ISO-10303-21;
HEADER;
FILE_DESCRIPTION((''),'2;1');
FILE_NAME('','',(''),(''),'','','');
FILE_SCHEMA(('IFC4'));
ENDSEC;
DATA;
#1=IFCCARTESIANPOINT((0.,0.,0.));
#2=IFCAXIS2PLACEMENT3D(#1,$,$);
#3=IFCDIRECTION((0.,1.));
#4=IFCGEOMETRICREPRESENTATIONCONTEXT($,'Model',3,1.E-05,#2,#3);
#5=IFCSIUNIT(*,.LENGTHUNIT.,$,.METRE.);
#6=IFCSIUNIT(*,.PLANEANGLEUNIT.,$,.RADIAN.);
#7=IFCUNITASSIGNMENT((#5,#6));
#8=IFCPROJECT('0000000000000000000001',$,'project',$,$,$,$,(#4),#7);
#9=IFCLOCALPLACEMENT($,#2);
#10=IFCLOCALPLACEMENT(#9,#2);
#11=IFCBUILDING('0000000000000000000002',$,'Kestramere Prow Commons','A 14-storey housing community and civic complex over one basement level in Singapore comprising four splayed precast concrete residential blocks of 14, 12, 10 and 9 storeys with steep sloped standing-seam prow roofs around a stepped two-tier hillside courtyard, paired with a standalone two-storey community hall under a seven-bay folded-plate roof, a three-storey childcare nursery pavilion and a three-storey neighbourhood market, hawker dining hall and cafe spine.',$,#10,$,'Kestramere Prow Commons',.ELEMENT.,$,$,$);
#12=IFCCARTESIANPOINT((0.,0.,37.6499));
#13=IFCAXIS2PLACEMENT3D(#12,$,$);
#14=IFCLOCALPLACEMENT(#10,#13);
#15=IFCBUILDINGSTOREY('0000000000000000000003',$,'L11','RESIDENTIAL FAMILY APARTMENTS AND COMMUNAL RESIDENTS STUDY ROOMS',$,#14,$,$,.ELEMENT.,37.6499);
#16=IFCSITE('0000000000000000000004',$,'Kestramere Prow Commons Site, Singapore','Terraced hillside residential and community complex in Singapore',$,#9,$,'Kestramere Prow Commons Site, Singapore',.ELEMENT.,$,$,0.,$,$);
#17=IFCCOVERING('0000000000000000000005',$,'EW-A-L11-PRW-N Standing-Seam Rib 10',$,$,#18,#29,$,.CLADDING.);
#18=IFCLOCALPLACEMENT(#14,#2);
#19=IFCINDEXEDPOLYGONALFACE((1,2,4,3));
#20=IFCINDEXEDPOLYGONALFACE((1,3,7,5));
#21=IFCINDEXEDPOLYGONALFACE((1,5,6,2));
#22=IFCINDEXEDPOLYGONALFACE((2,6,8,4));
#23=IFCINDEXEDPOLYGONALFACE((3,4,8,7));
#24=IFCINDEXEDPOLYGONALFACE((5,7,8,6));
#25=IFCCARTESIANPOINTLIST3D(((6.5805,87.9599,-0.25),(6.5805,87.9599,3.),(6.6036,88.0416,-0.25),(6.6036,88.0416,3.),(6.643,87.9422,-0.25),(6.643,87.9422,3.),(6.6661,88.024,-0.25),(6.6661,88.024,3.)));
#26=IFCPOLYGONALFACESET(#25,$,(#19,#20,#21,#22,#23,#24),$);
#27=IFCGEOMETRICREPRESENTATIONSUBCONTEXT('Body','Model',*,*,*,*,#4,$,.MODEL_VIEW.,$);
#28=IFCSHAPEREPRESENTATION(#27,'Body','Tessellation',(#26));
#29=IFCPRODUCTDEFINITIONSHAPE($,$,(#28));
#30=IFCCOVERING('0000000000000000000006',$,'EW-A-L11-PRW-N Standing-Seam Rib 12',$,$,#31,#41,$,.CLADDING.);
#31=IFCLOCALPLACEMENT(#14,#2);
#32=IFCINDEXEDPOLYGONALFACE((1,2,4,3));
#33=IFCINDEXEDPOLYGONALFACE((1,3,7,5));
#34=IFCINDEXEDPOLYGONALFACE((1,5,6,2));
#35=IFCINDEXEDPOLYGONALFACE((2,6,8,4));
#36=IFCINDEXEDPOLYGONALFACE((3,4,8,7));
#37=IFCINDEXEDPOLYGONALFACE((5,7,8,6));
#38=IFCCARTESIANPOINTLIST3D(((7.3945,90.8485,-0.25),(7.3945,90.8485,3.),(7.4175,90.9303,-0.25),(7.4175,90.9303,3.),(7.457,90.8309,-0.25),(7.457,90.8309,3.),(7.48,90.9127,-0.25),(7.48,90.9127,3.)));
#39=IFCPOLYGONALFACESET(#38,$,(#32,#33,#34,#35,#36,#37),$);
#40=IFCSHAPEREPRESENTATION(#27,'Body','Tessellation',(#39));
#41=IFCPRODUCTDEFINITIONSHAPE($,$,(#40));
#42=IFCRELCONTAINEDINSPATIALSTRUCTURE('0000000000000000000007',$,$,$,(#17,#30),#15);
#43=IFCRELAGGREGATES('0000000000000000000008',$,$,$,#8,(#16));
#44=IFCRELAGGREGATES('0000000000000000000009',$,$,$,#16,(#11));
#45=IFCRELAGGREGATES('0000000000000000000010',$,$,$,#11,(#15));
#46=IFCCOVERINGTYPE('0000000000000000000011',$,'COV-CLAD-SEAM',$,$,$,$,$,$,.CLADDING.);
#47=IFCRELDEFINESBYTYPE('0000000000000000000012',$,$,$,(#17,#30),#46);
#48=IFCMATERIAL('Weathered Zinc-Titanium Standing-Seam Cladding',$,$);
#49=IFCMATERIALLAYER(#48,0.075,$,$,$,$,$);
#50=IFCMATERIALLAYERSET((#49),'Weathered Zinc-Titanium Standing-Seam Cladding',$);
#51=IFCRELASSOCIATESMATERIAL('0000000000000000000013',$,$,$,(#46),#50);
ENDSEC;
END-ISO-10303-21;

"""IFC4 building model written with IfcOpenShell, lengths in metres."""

from ifc_helpers import new_model, si_unit, direction, frame, origin, origin_2d, place, context, subcontext, project, spatial, rectangle, extrude, material, layer, layer_set, type_object, element, save


model = new_model("IFC4")

# Units and contexts
model_context = context("Model", 3, precision=1e-05, world=origin(), true_north=direction((0.0, 1.0)))
body_context = subcontext(model_context, "Body", "Model", "MODEL_VIEW")
ifc_project = project(units=[si_unit("LENGTHUNIT", "METRE"), si_unit("PLANEANGLEUNIT", "RADIAN")], contexts=[model_context])

# Site, building, storey
site_placement = place(None, origin())
site = spatial("IfcSite", under=ifc_project, at=site_placement, Name="Kestramere Prow Commons Site, Singapore", Description="Terraced hillside residential and community complex in Singapore", LongName="Kestramere Prow Commons Site, Singapore", CompositionType="ELEMENT", RefElevation=0.0)
building_placement = place(site_placement, origin())
building = spatial("IfcBuilding", under=site, at=building_placement, Name="Kestramere Prow Commons", Description="A 14-storey housing community and civic complex over one basement level in Singapore comprising four splayed precast concrete residential blocks of 14, 12, 10 and 9 storeys with steep sloped standing-seam prow roofs around a stepped two-tier hillside courtyard, paired with a standalone two-storey community hall under a seven-bay folded-plate roof, a three-storey childcare nursery pavilion and a three-storey neighbourhood market, hawker dining hall and cafe spine.", LongName="Kestramere Prow Commons", CompositionType="ELEMENT")
storey_placement = place(building_placement, frame((0.0, 0.0, 37.6499)))
storey = spatial("IfcBuildingStorey", under=building, at=storey_placement, Name="L11", Description="RESIDENTIAL FAMILY APARTMENTS AND COMMUNAL RESIDENTS STUDY ROOMS", CompositionType="ELEMENT", Elevation=37.6499)

# Coverings
ifc_material_1 = material(Name="Weathered Zinc-Titanium Standing-Seam Cladding")
ifc_layer_1 = layer(ifc_material_1, 0.075)
ifc_layer_set_1 = layer_set([ifc_layer_1], Name="Weathered Zinc-Titanium Standing-Seam Cladding")
covering_type = type_object("IfcCoveringType", Name="COV-CLAD-SEAM", PredefinedType="CLADDING", material=ifc_layer_set_1)
for number, where, z_axis, x_axis, name in (
    (1, (6.6233, 87.9919, -0.25), (0.0, 0.0, 1.0), (0.27116, 0.962534, 0.0), "EW-A-L11-PRW-N Standing-Seam Rib 10"),
    (2, (7.4373, 90.8806, -0.25), (0.0, 0.0, 1.0), (0.27116, 0.962534, 0.0), "EW-A-L11-PRW-N Standing-Seam Rib 12"),
):
    element("IfcCovering", number, at=place(storey_placement, frame(where, z_axis=z_axis, x_axis=x_axis)), inside=storey, type_object=covering_type, Name=name, PredefinedType="CLADDING", context=body_context, shape_type="SweptSolid", body=[
        extrude(rectangle(XDim=0.085, YDim=0.0649, at=origin_2d()), origin(), (0.0, 0.0, 1.0), 3.25),
    ])

save(model, "model.ifc")
